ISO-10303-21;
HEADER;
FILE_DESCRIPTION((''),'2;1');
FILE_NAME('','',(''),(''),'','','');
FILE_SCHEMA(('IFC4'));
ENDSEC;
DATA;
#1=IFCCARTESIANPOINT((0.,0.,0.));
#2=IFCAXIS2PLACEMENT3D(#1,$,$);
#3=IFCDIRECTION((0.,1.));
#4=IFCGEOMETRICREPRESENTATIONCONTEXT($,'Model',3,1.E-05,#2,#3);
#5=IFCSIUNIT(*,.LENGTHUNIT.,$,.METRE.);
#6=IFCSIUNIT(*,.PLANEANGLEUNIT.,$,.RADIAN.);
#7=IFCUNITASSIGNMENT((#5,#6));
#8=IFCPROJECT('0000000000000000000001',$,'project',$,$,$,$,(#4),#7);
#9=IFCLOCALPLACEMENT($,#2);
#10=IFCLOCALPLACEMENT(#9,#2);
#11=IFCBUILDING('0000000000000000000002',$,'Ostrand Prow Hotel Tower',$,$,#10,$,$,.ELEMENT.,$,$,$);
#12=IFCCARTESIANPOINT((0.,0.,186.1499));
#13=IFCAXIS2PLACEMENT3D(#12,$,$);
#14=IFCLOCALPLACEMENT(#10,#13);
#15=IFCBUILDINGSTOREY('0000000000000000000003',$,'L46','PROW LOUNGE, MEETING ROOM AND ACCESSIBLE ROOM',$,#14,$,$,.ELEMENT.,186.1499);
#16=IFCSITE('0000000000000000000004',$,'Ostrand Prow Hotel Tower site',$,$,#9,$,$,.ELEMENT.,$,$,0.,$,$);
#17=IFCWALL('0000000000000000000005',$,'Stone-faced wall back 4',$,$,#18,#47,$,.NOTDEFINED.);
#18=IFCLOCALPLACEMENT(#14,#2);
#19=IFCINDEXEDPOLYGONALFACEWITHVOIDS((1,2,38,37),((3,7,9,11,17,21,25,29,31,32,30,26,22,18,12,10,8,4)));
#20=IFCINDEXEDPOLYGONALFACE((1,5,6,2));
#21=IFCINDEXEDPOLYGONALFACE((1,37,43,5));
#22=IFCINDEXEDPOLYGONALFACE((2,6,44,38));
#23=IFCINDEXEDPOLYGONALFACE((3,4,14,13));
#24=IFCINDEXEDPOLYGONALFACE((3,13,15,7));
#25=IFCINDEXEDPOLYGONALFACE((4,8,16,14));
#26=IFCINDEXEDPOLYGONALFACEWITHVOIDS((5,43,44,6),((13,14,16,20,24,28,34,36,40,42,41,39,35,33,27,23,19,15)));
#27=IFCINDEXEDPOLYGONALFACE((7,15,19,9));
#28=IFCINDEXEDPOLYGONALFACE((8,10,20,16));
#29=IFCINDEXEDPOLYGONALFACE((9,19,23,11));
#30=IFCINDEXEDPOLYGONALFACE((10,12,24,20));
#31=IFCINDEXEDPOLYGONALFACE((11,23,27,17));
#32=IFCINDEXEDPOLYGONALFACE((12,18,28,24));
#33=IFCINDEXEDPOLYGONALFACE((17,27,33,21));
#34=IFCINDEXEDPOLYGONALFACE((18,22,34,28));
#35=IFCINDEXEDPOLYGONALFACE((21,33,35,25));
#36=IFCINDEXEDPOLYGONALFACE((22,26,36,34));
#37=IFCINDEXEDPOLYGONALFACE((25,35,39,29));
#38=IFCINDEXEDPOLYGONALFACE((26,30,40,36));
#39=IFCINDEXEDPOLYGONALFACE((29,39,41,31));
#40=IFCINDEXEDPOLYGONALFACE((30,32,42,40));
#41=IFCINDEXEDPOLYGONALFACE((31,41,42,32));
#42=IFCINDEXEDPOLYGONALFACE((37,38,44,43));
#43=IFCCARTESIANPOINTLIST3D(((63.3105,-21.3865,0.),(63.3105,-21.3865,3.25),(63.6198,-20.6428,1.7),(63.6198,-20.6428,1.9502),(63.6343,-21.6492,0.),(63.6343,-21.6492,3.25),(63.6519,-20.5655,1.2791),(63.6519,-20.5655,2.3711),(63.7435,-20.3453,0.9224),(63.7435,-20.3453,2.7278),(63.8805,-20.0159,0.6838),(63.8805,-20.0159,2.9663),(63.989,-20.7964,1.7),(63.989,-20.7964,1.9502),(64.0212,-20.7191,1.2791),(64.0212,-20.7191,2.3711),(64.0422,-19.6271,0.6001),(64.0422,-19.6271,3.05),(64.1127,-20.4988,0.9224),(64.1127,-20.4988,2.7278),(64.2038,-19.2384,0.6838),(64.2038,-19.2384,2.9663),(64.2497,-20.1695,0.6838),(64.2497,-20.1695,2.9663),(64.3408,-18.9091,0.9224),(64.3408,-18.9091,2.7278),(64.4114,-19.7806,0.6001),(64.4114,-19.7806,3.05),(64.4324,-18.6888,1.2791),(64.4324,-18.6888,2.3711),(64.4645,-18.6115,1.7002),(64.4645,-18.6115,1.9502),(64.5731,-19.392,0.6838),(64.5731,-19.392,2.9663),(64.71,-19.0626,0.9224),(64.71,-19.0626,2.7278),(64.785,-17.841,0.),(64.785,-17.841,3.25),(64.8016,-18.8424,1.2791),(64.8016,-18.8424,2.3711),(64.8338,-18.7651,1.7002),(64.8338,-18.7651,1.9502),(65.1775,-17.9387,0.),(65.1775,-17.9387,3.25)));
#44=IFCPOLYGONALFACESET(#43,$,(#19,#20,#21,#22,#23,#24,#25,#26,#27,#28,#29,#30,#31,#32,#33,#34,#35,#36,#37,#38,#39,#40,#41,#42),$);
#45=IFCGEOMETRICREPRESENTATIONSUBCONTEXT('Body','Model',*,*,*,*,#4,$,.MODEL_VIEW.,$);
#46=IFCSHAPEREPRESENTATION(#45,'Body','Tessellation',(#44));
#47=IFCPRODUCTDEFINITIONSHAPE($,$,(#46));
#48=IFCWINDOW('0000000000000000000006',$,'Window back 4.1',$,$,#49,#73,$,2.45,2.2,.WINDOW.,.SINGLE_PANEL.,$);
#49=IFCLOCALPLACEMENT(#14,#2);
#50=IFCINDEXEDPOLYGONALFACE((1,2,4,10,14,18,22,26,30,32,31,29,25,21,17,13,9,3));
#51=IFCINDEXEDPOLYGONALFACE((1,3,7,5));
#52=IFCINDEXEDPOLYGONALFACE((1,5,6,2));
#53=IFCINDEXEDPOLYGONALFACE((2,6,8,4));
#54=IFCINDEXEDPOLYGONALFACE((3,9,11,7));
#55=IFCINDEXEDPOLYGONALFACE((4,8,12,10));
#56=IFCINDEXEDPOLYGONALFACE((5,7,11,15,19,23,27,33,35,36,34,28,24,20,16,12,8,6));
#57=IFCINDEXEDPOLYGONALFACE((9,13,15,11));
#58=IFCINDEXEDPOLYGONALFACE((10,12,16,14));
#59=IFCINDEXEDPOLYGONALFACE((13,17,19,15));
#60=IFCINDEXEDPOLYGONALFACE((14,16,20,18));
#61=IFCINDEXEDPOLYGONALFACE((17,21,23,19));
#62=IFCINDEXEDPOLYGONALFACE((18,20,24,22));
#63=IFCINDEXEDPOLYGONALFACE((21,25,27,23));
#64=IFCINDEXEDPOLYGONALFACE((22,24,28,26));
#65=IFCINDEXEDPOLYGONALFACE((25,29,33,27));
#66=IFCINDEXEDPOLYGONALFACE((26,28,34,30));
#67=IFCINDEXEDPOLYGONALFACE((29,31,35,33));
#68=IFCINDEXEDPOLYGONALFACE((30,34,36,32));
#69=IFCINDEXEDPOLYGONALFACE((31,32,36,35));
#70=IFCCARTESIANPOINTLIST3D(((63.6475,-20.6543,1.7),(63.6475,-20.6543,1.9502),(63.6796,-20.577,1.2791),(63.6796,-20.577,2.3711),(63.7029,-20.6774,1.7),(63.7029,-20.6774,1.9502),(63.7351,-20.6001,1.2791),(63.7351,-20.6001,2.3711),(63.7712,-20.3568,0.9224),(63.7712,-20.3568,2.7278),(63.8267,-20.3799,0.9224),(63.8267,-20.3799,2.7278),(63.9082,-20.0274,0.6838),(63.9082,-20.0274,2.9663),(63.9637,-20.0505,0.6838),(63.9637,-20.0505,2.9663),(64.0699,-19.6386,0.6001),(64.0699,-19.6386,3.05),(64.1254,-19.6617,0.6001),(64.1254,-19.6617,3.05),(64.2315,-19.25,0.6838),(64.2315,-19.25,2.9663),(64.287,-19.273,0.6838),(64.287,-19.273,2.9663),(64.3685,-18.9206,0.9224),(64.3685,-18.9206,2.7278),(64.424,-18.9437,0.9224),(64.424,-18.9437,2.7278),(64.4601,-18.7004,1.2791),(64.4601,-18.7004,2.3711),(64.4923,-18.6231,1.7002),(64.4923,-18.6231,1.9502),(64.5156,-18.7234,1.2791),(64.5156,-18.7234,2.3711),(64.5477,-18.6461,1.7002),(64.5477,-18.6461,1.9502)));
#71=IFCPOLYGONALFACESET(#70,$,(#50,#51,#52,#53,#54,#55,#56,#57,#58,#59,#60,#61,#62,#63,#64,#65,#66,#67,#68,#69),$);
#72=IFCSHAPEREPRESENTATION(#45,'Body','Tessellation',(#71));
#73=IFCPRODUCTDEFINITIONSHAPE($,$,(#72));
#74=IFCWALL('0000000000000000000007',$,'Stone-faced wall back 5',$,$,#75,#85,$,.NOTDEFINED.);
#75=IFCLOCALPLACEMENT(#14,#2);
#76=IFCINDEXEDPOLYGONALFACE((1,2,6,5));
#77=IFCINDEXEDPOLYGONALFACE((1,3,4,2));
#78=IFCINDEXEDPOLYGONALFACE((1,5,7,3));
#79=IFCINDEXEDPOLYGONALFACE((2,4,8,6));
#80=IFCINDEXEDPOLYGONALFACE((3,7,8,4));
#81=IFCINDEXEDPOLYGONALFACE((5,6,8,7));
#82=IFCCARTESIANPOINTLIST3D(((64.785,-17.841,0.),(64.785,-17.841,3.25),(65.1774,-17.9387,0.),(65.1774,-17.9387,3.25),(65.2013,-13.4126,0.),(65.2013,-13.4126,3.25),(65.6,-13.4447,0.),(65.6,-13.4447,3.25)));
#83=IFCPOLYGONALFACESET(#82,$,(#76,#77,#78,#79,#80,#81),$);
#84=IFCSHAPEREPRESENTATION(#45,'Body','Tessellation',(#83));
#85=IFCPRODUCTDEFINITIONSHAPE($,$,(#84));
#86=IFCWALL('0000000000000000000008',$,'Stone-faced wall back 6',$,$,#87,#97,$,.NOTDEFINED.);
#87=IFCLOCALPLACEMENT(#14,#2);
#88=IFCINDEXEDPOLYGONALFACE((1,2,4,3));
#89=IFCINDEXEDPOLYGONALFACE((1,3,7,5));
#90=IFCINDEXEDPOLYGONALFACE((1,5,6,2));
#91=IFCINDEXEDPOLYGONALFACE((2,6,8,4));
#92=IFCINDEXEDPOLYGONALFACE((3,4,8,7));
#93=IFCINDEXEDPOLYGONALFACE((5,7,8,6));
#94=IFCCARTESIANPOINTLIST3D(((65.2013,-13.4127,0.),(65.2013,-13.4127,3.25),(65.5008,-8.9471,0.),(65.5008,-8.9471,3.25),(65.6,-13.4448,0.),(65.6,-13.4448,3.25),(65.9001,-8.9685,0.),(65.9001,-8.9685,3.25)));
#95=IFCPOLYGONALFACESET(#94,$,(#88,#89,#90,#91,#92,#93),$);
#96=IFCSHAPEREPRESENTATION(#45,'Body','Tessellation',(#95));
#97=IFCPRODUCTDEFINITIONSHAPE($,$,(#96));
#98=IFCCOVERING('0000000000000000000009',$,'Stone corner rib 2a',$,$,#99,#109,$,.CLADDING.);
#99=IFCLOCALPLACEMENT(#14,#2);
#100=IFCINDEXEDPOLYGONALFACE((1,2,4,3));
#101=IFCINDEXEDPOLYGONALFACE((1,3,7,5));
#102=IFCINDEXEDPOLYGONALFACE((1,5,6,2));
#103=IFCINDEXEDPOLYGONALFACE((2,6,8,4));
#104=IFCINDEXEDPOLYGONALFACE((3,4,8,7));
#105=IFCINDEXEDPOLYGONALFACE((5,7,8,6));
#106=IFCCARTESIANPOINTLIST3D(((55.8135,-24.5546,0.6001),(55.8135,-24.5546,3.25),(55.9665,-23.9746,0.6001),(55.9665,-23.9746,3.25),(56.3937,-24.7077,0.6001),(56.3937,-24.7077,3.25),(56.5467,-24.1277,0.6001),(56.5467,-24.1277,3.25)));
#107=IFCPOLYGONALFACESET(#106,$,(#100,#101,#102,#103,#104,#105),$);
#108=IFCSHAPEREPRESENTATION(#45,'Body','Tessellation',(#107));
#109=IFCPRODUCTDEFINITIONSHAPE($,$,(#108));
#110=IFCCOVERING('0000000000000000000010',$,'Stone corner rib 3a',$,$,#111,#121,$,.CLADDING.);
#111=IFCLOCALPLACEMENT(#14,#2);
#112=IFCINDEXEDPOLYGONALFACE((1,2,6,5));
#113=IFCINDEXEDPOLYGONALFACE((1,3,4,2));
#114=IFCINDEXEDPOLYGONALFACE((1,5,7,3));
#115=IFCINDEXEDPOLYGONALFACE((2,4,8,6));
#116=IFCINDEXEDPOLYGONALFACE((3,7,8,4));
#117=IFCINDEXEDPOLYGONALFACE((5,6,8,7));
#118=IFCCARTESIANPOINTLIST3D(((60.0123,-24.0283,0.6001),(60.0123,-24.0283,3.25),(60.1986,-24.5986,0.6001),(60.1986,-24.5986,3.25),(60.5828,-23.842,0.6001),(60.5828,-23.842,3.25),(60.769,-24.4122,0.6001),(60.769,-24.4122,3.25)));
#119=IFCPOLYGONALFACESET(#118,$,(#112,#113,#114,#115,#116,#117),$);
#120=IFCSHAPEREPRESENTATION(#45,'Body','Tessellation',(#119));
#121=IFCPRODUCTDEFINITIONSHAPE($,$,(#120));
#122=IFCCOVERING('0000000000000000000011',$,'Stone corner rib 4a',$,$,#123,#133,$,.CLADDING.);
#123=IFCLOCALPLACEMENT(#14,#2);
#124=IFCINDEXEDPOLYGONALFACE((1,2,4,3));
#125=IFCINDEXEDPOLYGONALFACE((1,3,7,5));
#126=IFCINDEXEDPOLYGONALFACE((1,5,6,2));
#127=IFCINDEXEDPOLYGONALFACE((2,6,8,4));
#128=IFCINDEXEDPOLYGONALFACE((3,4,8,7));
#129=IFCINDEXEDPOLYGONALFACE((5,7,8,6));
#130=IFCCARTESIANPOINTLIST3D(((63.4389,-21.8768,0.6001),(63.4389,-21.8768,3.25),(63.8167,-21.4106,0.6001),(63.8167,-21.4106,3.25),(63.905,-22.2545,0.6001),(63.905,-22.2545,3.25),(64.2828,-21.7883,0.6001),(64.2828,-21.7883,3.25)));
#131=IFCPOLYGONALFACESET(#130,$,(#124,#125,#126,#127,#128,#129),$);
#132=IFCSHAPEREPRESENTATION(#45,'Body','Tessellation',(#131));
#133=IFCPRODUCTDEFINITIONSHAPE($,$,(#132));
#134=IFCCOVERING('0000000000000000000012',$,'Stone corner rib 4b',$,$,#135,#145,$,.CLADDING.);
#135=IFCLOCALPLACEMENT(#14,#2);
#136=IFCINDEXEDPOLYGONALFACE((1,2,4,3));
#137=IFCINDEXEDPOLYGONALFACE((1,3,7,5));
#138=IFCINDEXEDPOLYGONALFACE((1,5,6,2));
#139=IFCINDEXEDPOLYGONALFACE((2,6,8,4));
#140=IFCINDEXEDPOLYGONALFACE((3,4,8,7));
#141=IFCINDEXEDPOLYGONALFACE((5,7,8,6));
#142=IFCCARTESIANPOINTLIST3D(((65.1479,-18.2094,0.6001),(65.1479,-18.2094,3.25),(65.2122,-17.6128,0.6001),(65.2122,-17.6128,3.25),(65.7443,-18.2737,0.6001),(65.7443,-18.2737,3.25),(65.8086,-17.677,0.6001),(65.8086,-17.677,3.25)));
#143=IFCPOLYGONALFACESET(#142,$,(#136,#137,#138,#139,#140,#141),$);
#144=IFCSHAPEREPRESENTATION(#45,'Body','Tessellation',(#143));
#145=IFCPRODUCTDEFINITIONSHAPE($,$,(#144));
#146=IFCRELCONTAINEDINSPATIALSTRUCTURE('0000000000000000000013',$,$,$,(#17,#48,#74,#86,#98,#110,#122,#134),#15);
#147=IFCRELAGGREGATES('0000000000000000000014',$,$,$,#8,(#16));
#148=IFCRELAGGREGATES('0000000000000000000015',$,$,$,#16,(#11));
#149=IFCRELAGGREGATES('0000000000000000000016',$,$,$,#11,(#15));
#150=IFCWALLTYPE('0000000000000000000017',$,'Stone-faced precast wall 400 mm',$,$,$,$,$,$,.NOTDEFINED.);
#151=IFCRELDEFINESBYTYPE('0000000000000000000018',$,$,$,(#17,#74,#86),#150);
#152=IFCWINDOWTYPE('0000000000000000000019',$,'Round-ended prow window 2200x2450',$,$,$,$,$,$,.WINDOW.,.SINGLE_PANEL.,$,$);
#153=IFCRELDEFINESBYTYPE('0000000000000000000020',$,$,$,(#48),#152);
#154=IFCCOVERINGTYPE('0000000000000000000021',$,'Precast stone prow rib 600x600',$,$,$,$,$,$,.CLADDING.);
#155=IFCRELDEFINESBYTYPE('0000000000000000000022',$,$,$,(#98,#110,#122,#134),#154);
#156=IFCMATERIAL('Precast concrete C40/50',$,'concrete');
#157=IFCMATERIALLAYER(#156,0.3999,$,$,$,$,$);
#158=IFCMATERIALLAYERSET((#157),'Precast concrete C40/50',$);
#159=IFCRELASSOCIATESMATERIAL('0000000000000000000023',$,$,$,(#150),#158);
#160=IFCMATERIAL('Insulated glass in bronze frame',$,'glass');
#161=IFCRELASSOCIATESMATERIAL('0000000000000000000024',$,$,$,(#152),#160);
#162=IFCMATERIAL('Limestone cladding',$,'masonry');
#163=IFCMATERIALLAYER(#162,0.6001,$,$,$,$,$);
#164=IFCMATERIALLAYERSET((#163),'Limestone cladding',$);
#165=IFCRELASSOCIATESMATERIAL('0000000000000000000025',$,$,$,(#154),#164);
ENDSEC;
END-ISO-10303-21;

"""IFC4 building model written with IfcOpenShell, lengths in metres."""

from ifc_helpers import new_model, si_unit, direction, frame, frame_2d, origin, place, context, subcontext, project, spatial, polyline, rectangle, outline, extrude, material, layer, layer_set, type_object, element, fill, save


model = new_model("IFC4")

# Units and contexts
model_context = context("Model", 3, precision=1e-05, world=origin(), true_north=direction((0.0, 1.0)))
body_context = subcontext(model_context, "Body", "Model", "MODEL_VIEW")
ifc_project = project(units=[si_unit("LENGTHUNIT", "METRE"), si_unit("PLANEANGLEUNIT", "RADIAN")], contexts=[model_context])

# Site, building, storey
site_placement = place(None, origin())
site = spatial("IfcSite", under=ifc_project, at=site_placement, Name="Ostrand Prow Hotel Tower site", CompositionType="ELEMENT", RefElevation=0.0)
building_placement = place(site_placement, origin())
building = spatial("IfcBuilding", under=site, at=building_placement, Name="Ostrand Prow Hotel Tower", CompositionType="ELEMENT")
storey_placement = place(building_placement, frame((0.0, 0.0, 186.1499)))
storey = spatial("IfcBuildingStorey", under=building, at=storey_placement, Name="L46", Description="PROW LOUNGE, MEETING ROOM AND ACCESSIBLE ROOM", CompositionType="ELEMENT", Elevation=186.1499)

# Wall, opening, window
ifc_material_1 = material(Name="Precast concrete C40/50", Category="concrete")
ifc_layer_1 = layer(ifc_material_1, 0.3999)
ifc_layer_set_1 = layer_set([ifc_layer_1], Name="Precast concrete C40/50")
wall_type_1 = type_object("IfcWallType", Name="Stone-faced precast wall 400 mm", PredefinedType="NOTDEFINED", material=ifc_layer_set_1)
ifc_material_2 = material(Name="Insulated glass in bronze frame", Category="glass")
window_type = type_object("IfcWindowType", Name="Round-ended prow window 2200x2450", PartitioningType="SINGLE_PANEL", PredefinedType="WINDOW", material=ifc_material_2)
wall_1_placement = place(storey_placement, frame((63.4724, -21.5178, 0.0), z_axis=(0.0, 0.0, 1.0), x_axis=(0.383998, 0.923334, 0.0)))
wall_1 = element("IfcWall", 1, at=wall_1_placement, inside=storey, type_object=wall_type_1, Name="Stone-faced wall back 4", PredefinedType="NOTDEFINED", context=body_context, shape_type="SweptSolid", body=[
    extrude(outline(polyline([(-0.0591, -0.2), (3.9595, -0.2), (3.8989, 0.2), (0.0591, 0.2), (-0.0591, -0.2)])), origin(), (0.0, 0.0, 1.0), 3.25),
])
opening_1_placement = place(wall_1_placement, frame((0.8645, 0.0, 0.6001)))
opening_1 = element("IfcOpeningElement", 2, at=opening_1_placement, cuts=wall_1, PredefinedType="OPENING", context=body_context, shape_type="SweptSolid", body=[
    extrude(outline(polyline([(0.0, 1.3501), (0.0837, 1.771), (0.3223, 2.1277), (0.679, 2.3662), (1.1001, 2.45), (1.521, 2.3662), (1.8777, 2.1277), (2.1162, 1.771), (2.2, 1.3501), (2.2, 1.1001), (2.1162, 0.679), (1.8777, 0.3223), (1.521, 0.0837), (1.1001, 0.0), (0.679, 0.0837), (0.3223, 0.3223), (0.0837, 0.679), (0.0, 1.0999), (0.0, 1.3501)])), frame((0.0, 0.21, 0.0), z_axis=(0.0, -1.0, 0.0), x_axis=(1.0, 0.0, 0.0)), (0.0, 0.0, 1.0), 0.4199),
])
window_1_placement = place(opening_1_placement, origin())
window_1 = element("IfcWindow", 3, at=window_1_placement, inside=storey, type_object=window_type, Name="Window back 4.1", OverallHeight=2.45, OverallWidth=2.2, PartitioningType="SINGLE_PANEL", PredefinedType="WINDOW", context=body_context, shape_type="SweptSolid", body=[
    extrude(outline(polyline([(0.0, 1.3501), (0.0837, 1.771), (0.3223, 2.1277), (0.679, 2.3662), (1.1001, 2.45), (1.521, 2.3662), (1.8777, 2.1277), (2.1162, 1.771), (2.2, 1.3501), (2.2, 1.1001), (2.1162, 0.679), (1.8777, 0.3223), (1.521, 0.0837), (1.1001, 0.0), (0.679, 0.0837), (0.3223, 0.3223), (0.0837, 0.679), (0.0, 1.0999), (0.0, 1.3501)])), frame((0.0, 0.1699, 0.0), z_axis=(0.0, -1.0, 0.0), x_axis=(1.0, 0.0, 0.0)), (0.0, 0.0, 1.0), 0.0601),
])
fill(opening_1, window_1)

# Walls
wall_2_placement = place(storey_placement, frame((64.9812, -17.8899, 0.0), z_axis=(0.0, 0.0, 1.0), x_axis=(0.093606, 0.995609, 0.0)))
element("IfcWall", 4, at=wall_2_placement, inside=storey, type_object=wall_type_1, Name="Stone-faced wall back 5", PredefinedType="NOTDEFINED", context=body_context, shape_type="SweptSolid", body=[
    extrude(outline(polyline([(-0.0303, -0.2), (4.4836, -0.2), (4.4783, 0.2), (0.0303, 0.2), (-0.0303, -0.2)])), origin(), (0.0, 0.0, 1.0), 3.25),
])
wall_3_placement = place(storey_placement, frame((65.4006, -13.4287, 0.0), z_axis=(0.0, 0.0, 1.0), x_axis=(0.066906, 0.997759, 0.0)))
element("IfcWall", 5, at=wall_3_placement, inside=storey, type_object=wall_type_1, Name="Stone-faced wall back 6", PredefinedType="NOTDEFINED", context=body_context, shape_type="SweptSolid", body=[
    extrude(outline(polyline([(-0.0027, -0.2), (4.4836, -0.2), (4.4783, 0.2), (0.0027, 0.2), (-0.0027, -0.2)])), origin(), (0.0, 0.0, 1.0), 3.25),
])

# Coverings
ifc_material_3 = material(Name="Limestone cladding", Category="masonry")
ifc_layer_2 = layer(ifc_material_3, 0.6001)
ifc_layer_set_2 = layer_set([ifc_layer_2], Name="Limestone cladding")
covering_type = type_object("IfcCoveringType", Name="Precast stone prow rib 600x600", PredefinedType="CLADDING", material=ifc_layer_set_2)
for number, where, z_axis, x_axis, name in (
    (6, (56.2566, -24.0513, 0.6001), (0.0, 0.0, 1.0), (-0.255154, -0.9669, 0.0), "Stone corner rib 2a"),
    (7, (60.2976, -23.9353, 0.6001), (0.0, 0.0, 1.0), (0.310484, -0.950578, 0.0), "Stone corner rib 3a"),
    (8, (63.6279, -21.6438, 0.6001), (0.0, 0.0, 1.0), (0.776923, -0.629596, 0.0), "Stone corner rib 4a"),
    (9, (65.1802, -17.9111, 0.6001), (0.0, 0.0, 1.0), (0.994255, -0.107036, 0.0), "Stone corner rib 4b"),
):
    element("IfcCovering", number, at=place(storey_placement, frame(where, z_axis=z_axis, x_axis=x_axis)), inside=storey, type_object=covering_type, Name=name, PredefinedType="CLADDING", context=body_context, shape_type="SweptSolid", body=[
        extrude(rectangle(XDim=0.5999, YDim=0.6001, at=frame_2d((0.2998, 0.0))), origin(), (0.0, 0.0, 1.0), 2.6499),
    ])

save(model, "model.ifc")
